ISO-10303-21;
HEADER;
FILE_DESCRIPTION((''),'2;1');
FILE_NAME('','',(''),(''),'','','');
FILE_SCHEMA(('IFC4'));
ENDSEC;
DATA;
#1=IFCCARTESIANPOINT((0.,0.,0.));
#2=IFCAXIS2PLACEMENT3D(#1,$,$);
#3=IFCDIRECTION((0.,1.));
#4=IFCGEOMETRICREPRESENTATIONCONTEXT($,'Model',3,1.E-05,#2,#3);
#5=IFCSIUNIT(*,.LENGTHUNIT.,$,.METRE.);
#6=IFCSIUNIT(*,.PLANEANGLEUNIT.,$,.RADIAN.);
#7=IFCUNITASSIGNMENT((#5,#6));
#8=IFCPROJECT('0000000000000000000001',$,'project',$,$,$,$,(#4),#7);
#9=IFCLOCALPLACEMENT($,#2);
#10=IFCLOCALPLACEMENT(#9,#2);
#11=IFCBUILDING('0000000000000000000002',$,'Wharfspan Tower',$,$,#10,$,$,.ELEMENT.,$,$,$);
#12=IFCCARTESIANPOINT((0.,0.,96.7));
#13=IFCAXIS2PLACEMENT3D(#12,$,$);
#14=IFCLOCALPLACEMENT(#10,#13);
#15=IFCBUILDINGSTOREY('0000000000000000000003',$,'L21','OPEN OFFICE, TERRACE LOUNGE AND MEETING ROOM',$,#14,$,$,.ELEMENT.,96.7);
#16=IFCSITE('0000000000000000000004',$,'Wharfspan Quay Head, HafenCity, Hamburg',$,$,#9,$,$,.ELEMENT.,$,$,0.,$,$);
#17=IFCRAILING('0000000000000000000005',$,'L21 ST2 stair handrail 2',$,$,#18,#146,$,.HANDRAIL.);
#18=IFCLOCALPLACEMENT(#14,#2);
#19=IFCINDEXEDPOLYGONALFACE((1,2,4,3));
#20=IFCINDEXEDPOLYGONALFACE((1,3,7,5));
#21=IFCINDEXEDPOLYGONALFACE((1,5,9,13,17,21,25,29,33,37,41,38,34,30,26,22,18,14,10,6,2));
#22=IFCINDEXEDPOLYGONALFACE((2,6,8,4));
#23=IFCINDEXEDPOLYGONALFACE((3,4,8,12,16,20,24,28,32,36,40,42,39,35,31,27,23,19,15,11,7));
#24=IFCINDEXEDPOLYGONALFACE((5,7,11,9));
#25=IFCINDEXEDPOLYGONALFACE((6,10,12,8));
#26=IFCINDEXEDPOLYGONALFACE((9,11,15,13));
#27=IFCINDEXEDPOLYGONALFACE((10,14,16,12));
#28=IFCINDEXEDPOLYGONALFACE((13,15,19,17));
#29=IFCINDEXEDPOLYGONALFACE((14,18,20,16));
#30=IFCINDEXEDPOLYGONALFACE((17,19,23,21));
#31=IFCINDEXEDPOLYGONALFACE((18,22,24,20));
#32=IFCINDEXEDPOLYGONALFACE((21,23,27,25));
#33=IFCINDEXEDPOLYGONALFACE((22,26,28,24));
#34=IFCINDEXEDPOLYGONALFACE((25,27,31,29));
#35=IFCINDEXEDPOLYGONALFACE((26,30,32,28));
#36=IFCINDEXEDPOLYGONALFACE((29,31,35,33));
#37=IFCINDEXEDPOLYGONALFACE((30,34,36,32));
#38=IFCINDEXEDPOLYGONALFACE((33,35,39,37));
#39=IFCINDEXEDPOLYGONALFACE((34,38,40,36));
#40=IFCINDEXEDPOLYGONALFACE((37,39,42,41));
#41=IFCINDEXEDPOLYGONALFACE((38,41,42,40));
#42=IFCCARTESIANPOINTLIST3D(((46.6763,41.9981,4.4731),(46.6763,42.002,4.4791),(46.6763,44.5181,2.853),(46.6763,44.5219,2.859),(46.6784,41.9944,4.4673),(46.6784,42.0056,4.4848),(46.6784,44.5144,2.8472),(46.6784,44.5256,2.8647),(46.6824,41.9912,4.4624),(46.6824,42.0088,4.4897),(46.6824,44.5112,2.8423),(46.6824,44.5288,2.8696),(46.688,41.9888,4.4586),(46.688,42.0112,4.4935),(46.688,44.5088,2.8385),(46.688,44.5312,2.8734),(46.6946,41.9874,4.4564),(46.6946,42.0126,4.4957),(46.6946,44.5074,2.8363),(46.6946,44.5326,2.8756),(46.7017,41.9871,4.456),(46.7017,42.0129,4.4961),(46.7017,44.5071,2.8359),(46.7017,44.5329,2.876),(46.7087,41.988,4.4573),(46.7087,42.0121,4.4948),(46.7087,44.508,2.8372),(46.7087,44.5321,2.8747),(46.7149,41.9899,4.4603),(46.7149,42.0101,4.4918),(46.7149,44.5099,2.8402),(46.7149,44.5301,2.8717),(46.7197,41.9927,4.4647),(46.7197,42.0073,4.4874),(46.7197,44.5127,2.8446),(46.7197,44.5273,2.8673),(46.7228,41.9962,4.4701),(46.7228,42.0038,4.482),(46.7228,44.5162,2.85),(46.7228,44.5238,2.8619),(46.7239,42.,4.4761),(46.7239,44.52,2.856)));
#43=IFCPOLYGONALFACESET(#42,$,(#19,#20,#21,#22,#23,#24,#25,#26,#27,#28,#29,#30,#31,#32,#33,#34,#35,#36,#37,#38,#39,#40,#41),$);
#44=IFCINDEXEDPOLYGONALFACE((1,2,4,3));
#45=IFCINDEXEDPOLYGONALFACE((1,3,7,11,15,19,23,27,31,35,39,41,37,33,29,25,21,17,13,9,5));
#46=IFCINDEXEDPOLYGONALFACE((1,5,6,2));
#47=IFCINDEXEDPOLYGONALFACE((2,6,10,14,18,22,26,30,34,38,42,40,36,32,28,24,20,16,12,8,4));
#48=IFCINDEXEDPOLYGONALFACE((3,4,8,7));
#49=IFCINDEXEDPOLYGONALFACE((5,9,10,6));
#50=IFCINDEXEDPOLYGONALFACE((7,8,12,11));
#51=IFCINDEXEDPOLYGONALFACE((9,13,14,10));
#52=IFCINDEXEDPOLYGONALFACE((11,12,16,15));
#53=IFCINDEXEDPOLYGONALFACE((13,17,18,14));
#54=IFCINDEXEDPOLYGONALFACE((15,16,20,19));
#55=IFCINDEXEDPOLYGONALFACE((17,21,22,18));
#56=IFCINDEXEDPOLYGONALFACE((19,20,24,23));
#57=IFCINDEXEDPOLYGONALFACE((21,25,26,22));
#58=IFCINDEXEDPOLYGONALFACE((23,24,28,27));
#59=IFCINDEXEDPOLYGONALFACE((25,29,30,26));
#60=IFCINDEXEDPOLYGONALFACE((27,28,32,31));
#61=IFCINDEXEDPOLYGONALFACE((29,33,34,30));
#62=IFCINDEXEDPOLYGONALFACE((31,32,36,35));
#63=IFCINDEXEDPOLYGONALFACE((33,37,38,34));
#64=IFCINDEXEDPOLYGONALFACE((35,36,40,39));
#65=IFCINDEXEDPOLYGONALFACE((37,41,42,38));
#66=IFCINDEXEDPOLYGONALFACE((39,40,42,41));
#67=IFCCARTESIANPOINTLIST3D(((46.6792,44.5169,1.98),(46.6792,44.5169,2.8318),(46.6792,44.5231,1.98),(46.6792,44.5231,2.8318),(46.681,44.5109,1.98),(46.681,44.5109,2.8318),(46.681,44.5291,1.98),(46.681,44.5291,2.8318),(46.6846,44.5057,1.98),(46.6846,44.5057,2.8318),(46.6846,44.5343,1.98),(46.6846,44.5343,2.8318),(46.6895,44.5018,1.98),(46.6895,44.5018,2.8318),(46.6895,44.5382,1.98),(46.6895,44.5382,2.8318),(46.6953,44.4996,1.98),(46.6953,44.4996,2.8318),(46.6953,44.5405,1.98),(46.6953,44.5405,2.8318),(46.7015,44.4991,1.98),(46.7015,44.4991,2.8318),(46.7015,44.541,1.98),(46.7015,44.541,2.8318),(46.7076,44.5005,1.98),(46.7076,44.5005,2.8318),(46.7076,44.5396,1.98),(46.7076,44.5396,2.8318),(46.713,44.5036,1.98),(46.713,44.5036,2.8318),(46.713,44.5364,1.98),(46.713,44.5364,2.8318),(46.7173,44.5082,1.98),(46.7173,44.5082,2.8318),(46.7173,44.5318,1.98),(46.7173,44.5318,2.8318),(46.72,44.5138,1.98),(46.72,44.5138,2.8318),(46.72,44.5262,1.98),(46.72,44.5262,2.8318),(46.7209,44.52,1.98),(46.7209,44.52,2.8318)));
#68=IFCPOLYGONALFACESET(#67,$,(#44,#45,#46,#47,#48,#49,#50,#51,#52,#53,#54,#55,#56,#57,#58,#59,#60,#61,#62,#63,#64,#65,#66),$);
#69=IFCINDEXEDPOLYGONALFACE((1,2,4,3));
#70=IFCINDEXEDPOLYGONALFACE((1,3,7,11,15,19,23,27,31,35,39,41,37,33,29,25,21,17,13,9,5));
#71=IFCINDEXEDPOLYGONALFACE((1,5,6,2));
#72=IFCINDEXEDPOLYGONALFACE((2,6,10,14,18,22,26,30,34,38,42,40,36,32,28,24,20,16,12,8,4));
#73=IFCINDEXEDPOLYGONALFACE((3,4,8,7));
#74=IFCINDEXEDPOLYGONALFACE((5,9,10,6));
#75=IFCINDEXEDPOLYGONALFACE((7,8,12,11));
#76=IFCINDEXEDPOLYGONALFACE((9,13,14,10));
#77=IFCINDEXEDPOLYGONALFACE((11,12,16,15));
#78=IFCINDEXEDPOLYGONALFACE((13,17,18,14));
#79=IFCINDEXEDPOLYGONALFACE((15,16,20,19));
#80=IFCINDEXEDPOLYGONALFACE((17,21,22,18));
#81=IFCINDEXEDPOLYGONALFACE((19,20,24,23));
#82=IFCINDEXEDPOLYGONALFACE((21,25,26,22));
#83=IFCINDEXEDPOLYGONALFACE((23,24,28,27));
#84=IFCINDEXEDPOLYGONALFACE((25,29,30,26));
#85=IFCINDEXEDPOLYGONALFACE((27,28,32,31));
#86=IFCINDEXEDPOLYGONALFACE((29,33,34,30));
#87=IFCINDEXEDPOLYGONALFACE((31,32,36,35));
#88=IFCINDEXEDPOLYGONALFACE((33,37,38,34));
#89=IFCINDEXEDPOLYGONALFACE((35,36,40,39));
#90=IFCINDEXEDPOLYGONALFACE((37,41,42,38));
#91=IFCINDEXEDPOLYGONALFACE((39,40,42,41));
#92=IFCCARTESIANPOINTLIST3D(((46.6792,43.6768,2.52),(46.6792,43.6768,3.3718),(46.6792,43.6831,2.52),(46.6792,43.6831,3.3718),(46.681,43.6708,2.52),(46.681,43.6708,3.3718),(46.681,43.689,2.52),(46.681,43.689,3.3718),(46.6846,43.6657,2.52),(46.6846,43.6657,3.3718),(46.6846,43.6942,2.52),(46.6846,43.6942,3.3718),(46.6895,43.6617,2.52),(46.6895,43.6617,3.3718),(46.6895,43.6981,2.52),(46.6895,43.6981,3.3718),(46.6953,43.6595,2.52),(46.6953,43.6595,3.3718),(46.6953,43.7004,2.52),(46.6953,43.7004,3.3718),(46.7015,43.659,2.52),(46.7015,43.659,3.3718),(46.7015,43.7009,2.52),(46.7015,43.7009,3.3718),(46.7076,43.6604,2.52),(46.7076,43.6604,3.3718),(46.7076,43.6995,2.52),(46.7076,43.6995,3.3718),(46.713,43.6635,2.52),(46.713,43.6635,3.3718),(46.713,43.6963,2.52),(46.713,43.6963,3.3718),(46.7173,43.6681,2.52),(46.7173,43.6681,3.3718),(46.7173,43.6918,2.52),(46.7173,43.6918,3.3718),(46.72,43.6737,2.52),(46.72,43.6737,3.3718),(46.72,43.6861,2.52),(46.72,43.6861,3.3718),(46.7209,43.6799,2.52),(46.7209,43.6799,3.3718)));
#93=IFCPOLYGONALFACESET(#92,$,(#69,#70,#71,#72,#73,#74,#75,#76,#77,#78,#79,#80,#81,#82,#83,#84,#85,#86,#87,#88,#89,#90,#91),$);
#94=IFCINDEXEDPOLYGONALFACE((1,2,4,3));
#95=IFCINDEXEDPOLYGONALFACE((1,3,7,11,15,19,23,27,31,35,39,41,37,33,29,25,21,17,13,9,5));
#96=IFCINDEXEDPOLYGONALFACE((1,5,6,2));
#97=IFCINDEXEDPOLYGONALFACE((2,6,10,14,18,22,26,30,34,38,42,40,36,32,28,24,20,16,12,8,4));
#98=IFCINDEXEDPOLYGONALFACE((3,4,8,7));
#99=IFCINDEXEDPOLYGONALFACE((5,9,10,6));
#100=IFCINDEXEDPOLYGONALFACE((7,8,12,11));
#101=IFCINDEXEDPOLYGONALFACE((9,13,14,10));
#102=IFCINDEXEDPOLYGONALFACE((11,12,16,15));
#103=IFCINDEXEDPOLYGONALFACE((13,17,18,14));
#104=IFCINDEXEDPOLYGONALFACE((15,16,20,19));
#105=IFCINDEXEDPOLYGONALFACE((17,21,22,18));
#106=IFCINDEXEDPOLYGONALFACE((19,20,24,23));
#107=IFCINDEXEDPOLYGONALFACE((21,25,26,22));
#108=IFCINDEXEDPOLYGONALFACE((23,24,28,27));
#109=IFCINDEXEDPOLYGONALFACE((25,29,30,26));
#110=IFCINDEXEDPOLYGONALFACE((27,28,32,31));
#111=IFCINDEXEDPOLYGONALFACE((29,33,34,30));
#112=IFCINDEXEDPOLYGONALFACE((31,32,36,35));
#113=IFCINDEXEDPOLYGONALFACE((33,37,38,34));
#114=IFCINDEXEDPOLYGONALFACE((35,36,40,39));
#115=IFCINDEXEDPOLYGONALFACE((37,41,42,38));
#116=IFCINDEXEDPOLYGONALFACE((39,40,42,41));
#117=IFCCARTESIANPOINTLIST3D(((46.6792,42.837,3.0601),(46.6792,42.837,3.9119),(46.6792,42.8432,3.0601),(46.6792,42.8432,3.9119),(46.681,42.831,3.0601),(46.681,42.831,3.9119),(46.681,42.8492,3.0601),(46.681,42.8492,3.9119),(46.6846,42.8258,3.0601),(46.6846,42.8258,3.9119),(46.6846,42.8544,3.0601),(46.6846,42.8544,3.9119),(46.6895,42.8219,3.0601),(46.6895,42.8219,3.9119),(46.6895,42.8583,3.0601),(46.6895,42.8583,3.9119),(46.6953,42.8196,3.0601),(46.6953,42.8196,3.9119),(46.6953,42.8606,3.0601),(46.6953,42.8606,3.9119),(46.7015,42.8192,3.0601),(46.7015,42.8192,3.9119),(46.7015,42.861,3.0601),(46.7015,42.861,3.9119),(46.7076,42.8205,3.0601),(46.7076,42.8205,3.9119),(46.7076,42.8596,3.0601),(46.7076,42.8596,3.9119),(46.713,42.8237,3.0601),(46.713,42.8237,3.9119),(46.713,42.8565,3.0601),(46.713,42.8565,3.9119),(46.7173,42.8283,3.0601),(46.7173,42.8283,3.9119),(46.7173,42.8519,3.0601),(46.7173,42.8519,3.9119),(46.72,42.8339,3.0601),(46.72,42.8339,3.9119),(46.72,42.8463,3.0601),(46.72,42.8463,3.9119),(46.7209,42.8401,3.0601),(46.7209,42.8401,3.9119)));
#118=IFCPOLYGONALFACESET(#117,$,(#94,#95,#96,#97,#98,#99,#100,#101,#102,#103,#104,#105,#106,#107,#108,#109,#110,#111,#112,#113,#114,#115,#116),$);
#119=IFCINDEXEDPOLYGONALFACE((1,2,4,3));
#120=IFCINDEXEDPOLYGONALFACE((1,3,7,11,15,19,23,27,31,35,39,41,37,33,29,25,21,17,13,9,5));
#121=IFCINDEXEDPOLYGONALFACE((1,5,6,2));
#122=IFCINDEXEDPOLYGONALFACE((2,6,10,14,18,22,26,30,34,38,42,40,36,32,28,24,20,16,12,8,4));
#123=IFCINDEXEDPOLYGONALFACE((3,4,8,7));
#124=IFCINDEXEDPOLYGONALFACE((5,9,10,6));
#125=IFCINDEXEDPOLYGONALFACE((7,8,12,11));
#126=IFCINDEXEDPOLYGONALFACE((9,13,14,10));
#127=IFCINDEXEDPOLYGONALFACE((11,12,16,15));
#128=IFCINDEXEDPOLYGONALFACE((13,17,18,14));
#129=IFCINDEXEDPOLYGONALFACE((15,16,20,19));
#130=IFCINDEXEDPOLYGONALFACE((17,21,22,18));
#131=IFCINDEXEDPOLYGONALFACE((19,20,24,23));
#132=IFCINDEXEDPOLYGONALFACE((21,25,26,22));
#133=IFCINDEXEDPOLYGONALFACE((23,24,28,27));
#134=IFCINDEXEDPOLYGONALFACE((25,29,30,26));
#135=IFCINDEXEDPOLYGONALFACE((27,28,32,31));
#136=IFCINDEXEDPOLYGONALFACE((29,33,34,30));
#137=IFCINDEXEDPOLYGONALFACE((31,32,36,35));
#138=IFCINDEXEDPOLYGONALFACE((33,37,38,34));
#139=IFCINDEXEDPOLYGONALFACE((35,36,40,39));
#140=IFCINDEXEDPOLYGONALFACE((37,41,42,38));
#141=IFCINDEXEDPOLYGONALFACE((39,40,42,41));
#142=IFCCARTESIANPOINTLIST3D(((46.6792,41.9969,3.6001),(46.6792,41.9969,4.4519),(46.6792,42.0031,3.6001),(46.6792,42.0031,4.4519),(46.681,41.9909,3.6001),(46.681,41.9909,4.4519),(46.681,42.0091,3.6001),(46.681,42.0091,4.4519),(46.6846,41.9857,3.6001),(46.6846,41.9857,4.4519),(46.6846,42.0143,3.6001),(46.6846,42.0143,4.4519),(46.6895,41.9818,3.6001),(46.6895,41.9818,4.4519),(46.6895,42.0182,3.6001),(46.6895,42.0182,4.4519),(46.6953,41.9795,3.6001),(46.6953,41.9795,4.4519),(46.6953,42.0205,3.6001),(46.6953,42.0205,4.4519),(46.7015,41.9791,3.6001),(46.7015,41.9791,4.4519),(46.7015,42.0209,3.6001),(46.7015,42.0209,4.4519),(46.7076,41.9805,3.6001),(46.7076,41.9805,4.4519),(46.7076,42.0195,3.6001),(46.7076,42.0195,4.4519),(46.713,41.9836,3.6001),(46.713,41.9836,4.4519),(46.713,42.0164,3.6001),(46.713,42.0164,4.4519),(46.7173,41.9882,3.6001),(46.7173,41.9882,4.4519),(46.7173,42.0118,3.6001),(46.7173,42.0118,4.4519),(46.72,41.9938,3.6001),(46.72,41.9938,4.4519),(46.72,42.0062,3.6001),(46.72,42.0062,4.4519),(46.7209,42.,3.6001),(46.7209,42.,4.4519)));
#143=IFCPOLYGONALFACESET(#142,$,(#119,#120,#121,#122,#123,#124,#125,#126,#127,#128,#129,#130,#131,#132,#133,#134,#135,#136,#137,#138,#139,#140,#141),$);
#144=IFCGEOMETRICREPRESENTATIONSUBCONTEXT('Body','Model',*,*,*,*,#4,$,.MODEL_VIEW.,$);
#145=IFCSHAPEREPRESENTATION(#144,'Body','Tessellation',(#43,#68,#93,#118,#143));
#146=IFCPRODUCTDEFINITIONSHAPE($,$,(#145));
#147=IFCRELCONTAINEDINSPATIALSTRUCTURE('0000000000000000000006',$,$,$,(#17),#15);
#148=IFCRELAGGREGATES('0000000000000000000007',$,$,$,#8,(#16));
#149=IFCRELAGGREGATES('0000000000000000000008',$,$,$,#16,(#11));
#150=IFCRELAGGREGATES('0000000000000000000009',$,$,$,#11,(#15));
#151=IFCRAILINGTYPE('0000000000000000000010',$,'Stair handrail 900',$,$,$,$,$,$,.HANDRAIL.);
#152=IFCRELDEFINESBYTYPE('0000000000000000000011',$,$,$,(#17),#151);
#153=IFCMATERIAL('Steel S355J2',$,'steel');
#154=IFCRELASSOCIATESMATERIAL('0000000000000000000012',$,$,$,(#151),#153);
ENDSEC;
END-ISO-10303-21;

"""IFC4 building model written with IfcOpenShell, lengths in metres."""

from ifc_helpers import new_model, si_unit, direction, frame, origin, origin_2d, place, context, subcontext, project, spatial, circle, extrude, material, type_object, element, save


model = new_model("IFC4")

# Units and contexts
model_context = context("Model", 3, precision=1e-05, world=origin(), true_north=direction((0.0, 1.0)))
body_context = subcontext(model_context, "Body", "Model", "MODEL_VIEW")
ifc_project = project(units=[si_unit("LENGTHUNIT", "METRE"), si_unit("PLANEANGLEUNIT", "RADIAN")], contexts=[model_context])

# Site, building, storey
site_placement = place(None, origin())
site = spatial("IfcSite", under=ifc_project, at=site_placement, Name="Wharfspan Quay Head, HafenCity, Hamburg", CompositionType="ELEMENT", RefElevation=0.0)
building_placement = place(site_placement, origin())
building = spatial("IfcBuilding", under=site, at=building_placement, Name="Wharfspan Tower", CompositionType="ELEMENT")
storey_placement = place(building_placement, frame((0.0, 0.0, 96.7)))
storey = spatial("IfcBuildingStorey", under=building, at=storey_placement, Name="L21", Description="OPEN OFFICE, TERRACE LOUNGE AND MEETING ROOM", CompositionType="ELEMENT", Elevation=96.7)

# Shared definitions
ifc_material_1 = material(Name="Steel S355J2", Category="steel")

# Railing
railing_type_1 = type_object("IfcRailingType", Name="Stair handrail 900", PredefinedType="HANDRAIL", material=ifc_material_1)
railing_1_placement = place(storey_placement, frame((46.7, 44.52, 1.98)))
element("IfcRailing", 1, at=railing_1_placement, inside=storey, type_object=railing_type_1, Name="L21 ST2 stair handrail 2", PredefinedType="HANDRAIL", context=body_context, shape_type="SweptSolid", body=[
    extrude(circle(Radius=0.0239, at=origin_2d()), frame((0.0, 0.0, 0.876), z_axis=(0.0, -0.841163, 0.540782), x_axis=(1.0, 0.0, 0.0)), (0.0, 0.0, 1.0), 2.9958),
    extrude(circle(Radius=0.021, at=origin_2d()), origin(), (0.0, 0.0, 1.0), 0.8518),
    extrude(circle(Radius=0.021, at=origin_2d()), frame((0.0, -0.8401, 0.54)), (0.0, 0.0, 1.0), 0.8518),
    extrude(circle(Radius=0.021, at=origin_2d()), frame((0.0, -1.6799, 1.0801)), (0.0, 0.0, 1.0), 0.8518),
    extrude(circle(Radius=0.021, at=origin_2d()), frame((0.0, -2.52, 1.6201)), (0.0, 0.0, 1.0), 0.8518),
])

save(model, "model.ifc")
